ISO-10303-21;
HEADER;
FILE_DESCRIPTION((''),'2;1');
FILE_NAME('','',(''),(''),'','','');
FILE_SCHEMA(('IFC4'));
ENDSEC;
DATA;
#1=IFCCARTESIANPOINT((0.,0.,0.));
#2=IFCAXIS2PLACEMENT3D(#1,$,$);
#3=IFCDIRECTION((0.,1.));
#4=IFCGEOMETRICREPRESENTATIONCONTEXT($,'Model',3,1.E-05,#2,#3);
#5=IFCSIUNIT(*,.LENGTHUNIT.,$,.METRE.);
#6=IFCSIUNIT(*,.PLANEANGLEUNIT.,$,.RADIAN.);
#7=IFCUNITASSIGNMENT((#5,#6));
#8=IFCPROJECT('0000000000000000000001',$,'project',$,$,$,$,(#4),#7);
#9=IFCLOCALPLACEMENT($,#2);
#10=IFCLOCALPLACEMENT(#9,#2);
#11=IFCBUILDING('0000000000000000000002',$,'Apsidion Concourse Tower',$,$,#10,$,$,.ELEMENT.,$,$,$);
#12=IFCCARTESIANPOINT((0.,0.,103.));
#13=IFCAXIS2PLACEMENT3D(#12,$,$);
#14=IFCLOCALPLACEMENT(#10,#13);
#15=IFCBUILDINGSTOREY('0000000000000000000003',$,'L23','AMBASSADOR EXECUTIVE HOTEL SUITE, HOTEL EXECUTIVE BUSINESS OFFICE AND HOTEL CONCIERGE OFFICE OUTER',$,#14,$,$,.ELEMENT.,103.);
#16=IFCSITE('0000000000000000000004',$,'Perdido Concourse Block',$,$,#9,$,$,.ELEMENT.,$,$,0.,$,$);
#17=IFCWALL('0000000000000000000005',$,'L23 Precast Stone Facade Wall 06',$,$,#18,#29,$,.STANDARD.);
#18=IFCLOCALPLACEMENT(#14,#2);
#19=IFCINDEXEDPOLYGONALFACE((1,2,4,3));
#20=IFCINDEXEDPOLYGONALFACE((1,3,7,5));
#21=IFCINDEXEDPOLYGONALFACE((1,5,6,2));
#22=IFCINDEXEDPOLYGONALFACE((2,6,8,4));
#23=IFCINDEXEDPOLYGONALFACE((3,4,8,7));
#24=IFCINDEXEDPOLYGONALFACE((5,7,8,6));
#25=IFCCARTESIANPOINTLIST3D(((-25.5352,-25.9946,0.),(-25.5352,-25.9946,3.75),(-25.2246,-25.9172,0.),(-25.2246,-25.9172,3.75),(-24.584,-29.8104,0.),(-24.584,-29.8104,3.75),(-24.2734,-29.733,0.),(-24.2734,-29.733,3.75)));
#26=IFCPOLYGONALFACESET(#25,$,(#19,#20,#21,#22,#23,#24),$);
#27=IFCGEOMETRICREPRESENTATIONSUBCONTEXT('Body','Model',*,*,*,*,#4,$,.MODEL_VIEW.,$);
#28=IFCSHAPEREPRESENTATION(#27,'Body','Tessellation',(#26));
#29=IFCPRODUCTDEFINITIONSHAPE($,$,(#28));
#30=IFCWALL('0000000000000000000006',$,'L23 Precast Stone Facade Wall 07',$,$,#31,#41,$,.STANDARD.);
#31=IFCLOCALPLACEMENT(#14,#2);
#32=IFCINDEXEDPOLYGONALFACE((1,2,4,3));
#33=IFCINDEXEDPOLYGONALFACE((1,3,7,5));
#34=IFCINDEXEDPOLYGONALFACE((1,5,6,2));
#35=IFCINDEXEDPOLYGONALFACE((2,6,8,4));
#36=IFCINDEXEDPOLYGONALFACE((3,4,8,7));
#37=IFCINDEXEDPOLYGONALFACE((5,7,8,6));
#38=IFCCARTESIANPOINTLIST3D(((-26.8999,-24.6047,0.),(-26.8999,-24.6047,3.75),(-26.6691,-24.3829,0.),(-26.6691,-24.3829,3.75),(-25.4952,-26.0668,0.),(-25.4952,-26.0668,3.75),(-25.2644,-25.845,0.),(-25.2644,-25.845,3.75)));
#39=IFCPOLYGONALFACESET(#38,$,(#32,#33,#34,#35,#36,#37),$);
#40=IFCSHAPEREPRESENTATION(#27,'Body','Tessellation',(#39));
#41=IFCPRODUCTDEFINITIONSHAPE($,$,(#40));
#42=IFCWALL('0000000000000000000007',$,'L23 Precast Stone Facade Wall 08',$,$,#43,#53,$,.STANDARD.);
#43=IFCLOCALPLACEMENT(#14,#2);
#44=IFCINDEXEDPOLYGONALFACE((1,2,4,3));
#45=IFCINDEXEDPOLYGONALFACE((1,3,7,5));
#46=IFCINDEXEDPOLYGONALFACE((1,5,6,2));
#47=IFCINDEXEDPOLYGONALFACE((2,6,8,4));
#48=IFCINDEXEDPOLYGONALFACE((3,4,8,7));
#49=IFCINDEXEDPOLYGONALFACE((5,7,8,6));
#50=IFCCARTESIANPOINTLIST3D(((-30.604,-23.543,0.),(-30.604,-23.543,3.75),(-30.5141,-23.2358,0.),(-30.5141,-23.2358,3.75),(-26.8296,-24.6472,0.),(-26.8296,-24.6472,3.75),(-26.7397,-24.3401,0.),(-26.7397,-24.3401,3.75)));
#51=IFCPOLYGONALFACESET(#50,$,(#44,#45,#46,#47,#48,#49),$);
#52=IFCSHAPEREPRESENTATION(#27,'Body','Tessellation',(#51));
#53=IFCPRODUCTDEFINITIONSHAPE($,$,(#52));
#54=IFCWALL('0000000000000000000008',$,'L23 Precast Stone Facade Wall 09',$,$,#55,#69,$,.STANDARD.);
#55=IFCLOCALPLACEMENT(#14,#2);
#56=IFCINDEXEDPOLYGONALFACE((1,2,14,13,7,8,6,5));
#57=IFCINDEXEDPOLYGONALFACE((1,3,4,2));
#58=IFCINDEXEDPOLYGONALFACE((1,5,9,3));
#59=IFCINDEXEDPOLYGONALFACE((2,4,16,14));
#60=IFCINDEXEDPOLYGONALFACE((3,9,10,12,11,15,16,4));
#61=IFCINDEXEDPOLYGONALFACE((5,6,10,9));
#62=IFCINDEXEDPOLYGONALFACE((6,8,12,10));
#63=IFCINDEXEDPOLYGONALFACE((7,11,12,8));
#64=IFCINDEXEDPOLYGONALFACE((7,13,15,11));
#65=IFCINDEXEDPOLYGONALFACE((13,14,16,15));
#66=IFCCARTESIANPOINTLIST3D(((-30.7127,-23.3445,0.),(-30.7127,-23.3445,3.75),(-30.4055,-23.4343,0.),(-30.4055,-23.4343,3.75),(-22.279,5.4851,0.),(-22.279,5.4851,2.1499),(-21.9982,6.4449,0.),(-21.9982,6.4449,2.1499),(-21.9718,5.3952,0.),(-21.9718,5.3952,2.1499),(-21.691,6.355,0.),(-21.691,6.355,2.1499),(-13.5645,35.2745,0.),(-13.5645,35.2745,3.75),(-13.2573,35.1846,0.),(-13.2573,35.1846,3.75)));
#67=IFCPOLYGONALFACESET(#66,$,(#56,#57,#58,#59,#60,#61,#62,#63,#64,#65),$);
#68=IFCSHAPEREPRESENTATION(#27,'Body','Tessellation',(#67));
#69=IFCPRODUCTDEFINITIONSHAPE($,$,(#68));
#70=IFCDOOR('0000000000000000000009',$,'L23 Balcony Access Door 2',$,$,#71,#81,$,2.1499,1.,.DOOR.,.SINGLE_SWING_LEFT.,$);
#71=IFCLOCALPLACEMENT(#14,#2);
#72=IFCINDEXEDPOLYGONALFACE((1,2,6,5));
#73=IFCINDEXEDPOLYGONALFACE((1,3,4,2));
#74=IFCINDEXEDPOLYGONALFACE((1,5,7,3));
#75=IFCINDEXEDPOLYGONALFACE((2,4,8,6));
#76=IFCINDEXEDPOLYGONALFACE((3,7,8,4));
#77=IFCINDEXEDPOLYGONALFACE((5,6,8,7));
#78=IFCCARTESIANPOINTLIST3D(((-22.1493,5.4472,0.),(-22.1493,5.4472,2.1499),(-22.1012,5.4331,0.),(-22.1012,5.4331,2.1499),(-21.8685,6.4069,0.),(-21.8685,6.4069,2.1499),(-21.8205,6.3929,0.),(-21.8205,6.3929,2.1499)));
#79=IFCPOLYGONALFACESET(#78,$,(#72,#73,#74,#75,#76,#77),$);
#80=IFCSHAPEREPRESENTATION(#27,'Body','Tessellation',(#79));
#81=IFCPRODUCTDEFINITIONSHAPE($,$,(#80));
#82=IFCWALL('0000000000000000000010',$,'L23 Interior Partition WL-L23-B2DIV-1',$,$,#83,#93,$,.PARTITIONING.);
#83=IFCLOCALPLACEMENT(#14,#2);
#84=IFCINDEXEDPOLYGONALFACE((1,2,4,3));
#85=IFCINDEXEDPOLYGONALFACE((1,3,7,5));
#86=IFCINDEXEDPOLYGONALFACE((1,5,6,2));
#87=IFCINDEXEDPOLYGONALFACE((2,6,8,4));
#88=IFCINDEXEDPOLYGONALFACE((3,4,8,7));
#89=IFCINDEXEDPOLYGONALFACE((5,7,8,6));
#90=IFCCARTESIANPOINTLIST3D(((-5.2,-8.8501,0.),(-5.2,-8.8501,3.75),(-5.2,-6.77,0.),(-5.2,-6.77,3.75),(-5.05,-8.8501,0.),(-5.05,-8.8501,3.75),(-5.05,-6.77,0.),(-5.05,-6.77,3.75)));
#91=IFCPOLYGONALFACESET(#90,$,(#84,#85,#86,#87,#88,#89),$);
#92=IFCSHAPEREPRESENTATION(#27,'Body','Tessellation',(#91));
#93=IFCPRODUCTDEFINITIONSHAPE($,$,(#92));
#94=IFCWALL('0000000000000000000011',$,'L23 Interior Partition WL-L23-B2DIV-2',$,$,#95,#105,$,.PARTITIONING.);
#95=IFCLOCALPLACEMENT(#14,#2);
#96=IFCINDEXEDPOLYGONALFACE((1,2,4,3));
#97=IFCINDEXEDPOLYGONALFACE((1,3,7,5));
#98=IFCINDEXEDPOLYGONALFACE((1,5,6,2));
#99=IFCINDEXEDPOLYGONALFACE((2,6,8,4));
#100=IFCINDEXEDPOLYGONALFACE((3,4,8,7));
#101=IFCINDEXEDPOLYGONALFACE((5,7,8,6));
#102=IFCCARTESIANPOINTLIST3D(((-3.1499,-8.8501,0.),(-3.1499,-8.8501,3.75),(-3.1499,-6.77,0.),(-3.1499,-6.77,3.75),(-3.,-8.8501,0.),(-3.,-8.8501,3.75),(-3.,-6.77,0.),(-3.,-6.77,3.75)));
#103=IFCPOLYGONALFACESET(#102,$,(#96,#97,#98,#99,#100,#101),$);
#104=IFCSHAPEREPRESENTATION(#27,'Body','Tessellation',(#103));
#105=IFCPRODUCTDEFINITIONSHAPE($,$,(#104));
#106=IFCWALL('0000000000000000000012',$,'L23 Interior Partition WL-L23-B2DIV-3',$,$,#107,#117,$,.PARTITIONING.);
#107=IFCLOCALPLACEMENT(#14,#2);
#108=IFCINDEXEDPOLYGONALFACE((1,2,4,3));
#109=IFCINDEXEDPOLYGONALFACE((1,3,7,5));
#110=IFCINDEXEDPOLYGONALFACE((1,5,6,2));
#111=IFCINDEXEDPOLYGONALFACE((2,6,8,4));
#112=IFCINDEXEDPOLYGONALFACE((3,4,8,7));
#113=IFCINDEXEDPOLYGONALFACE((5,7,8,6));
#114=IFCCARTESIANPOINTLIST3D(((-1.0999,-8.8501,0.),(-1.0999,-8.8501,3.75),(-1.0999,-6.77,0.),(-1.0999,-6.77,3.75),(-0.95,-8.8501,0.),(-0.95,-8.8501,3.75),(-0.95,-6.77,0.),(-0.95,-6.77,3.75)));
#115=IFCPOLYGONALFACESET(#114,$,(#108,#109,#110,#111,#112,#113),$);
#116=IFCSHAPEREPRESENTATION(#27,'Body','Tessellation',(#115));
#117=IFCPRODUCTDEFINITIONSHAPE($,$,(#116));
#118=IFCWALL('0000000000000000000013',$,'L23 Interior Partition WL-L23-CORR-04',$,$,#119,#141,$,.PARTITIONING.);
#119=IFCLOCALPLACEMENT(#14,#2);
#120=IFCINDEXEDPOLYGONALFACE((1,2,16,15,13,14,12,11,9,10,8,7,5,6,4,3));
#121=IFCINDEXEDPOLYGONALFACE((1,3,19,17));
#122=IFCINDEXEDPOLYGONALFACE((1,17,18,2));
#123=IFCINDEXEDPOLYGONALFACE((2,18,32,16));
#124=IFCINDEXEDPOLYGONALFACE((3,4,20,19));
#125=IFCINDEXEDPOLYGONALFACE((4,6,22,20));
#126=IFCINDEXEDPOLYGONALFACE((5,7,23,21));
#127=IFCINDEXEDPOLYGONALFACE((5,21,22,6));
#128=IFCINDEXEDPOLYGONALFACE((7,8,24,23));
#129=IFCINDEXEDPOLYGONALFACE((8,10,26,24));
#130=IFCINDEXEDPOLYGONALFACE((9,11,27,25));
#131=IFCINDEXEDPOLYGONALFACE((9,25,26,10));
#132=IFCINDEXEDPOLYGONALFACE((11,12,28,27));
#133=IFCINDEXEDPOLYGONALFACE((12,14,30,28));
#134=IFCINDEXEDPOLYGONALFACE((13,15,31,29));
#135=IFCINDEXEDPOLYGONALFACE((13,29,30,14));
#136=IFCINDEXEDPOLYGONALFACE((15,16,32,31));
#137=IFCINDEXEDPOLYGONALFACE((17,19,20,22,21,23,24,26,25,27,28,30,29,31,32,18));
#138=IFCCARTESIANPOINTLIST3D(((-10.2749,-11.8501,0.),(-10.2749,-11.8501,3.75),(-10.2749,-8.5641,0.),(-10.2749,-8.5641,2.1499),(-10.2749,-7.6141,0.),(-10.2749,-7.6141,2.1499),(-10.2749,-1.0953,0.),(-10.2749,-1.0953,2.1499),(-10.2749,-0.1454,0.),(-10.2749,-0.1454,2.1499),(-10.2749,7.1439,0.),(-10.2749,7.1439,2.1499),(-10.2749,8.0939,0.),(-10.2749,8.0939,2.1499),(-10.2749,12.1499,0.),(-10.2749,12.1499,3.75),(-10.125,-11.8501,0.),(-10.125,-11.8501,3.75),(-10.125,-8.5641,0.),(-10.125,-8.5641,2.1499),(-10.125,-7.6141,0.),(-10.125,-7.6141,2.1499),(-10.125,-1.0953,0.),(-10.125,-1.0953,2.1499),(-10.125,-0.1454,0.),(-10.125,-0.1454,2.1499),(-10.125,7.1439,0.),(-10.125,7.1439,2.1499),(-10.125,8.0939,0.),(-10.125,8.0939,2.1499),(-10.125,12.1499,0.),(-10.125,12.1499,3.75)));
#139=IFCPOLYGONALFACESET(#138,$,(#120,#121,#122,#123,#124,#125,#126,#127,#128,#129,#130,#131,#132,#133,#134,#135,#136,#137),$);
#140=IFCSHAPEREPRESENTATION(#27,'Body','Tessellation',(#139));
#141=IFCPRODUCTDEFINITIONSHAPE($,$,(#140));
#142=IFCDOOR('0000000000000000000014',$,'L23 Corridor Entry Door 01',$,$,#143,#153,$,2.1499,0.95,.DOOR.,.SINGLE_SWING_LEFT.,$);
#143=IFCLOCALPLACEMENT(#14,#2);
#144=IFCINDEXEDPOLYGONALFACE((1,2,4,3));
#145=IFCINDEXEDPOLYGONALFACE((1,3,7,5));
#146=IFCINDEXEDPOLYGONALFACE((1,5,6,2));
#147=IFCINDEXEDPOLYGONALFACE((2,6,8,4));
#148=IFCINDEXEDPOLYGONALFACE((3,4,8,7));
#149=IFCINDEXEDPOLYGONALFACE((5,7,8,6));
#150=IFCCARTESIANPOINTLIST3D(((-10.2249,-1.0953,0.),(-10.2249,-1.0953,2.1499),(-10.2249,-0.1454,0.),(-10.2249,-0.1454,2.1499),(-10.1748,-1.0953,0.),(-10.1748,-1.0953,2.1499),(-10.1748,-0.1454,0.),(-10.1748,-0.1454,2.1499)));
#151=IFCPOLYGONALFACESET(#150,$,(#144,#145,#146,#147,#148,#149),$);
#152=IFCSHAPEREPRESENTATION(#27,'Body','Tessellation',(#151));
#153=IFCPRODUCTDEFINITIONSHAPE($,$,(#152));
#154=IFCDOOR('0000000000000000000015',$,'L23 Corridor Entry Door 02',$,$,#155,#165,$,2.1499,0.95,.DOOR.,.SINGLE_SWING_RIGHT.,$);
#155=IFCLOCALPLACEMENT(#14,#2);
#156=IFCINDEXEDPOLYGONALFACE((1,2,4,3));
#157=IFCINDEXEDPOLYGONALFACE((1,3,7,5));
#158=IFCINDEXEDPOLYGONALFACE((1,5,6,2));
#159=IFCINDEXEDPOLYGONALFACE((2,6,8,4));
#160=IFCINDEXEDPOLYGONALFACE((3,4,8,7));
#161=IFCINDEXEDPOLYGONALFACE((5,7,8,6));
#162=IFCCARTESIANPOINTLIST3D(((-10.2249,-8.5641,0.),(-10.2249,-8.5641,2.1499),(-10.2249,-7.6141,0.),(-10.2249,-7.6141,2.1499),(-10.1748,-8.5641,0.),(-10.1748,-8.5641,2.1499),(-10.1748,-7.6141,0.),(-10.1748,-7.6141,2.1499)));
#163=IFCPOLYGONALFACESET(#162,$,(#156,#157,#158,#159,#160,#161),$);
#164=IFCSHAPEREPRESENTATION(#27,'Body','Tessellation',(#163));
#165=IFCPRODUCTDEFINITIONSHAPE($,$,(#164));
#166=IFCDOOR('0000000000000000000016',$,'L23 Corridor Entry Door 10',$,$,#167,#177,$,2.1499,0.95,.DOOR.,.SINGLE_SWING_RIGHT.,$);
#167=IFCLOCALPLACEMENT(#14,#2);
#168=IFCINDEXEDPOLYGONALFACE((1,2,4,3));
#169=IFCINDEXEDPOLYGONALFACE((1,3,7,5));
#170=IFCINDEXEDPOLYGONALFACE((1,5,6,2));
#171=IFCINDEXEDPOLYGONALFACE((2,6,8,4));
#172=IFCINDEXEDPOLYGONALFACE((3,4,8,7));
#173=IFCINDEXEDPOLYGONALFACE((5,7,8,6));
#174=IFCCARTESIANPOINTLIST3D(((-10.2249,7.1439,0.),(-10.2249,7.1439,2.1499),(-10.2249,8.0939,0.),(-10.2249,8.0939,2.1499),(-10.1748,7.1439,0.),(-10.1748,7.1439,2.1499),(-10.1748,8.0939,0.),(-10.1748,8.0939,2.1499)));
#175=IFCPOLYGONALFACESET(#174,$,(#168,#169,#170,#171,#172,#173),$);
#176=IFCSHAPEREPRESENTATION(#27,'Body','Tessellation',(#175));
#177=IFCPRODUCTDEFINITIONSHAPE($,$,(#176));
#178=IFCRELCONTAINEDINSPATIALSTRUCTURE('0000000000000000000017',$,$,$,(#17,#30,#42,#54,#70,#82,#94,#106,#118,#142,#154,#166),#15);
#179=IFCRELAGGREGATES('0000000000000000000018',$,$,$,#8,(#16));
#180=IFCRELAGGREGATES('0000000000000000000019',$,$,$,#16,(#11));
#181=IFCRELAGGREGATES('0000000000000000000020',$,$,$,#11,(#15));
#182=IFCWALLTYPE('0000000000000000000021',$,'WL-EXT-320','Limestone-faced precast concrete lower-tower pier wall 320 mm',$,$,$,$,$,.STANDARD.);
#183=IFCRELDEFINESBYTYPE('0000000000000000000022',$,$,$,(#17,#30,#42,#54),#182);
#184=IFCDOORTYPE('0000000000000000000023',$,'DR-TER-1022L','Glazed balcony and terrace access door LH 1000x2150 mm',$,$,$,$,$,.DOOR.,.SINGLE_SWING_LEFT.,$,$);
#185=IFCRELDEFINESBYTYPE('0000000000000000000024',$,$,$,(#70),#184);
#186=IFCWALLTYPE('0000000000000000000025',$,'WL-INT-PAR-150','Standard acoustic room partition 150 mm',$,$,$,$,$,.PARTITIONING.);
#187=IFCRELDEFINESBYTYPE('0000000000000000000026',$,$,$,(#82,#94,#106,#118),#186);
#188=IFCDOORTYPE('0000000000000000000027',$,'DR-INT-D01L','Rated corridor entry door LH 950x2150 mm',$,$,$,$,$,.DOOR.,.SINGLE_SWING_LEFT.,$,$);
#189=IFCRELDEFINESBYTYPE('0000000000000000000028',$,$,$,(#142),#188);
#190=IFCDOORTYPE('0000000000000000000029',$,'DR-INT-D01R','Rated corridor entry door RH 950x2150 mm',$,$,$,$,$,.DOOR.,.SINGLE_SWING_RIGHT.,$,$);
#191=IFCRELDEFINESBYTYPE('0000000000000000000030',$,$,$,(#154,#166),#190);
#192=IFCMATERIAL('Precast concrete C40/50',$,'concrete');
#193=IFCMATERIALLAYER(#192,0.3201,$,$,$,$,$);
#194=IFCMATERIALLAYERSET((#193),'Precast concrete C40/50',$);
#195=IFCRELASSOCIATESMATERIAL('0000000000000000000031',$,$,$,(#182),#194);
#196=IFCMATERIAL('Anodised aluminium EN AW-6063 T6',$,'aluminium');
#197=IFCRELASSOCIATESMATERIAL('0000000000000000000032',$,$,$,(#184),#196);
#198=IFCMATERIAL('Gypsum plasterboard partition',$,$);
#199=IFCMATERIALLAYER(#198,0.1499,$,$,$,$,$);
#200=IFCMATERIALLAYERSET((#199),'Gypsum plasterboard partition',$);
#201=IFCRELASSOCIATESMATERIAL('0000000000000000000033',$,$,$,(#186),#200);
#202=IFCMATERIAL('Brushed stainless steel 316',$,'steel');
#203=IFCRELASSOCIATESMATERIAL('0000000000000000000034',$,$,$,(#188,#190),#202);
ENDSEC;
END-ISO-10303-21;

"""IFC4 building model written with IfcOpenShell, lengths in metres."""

from ifc_helpers import new_model, si_unit, direction, frame, frame_2d, origin, place, context, subcontext, project, spatial, rectangle, extrude, material, layer, layer_set, type_object, element, fill, save


model = new_model("IFC4")

# Units and contexts
model_context = context("Model", 3, precision=1e-05, world=origin(), true_north=direction((0.0, 1.0)))
body_context = subcontext(model_context, "Body", "Model", "MODEL_VIEW")
ifc_project = project(units=[si_unit("LENGTHUNIT", "METRE"), si_unit("PLANEANGLEUNIT", "RADIAN")], contexts=[model_context])

# Site, building, storey
site_placement = place(None, origin())
site = spatial("IfcSite", under=ifc_project, at=site_placement, Name="Perdido Concourse Block", CompositionType="ELEMENT", RefElevation=0.0)
building_placement = place(site_placement, origin())
building = spatial("IfcBuilding", under=site, at=building_placement, Name="Apsidion Concourse Tower", CompositionType="ELEMENT")
storey_placement = place(building_placement, frame((0.0, 0.0, 103.0)))
storey = spatial("IfcBuildingStorey", under=building, at=storey_placement, Name="L23", Description="AMBASSADOR EXECUTIVE HOTEL SUITE, HOTEL EXECUTIVE BUSINESS OFFICE AND HOTEL CONCIERGE OFFICE OUTER", CompositionType="ELEMENT", Elevation=103.0)

# Walls
ifc_material_1 = material(Name="Precast concrete C40/50", Category="concrete")
ifc_layer_1 = layer(ifc_material_1, 0.3201)
ifc_layer_set_1 = layer_set([ifc_layer_1], Name="Precast concrete C40/50")
wall_type_1 = type_object("IfcWallType", Name="WL-EXT-320", Description="Limestone-faced precast concrete lower-tower pier wall 320 mm", PredefinedType="STANDARD", material=ifc_layer_set_1)
wall_1_placement = place(storey_placement, frame((-24.4287, -29.7717, 0.0), z_axis=(0.0, 0.0, 1.0), x_axis=(-0.241864, 0.97031, 0.0)))
element("IfcWall", 1, at=wall_1_placement, inside=storey, type_object=wall_type_1, Name="L23 Precast Stone Facade Wall 06", PredefinedType="STANDARD", context=body_context, shape_type="SweptSolid", body=[
    extrude(rectangle(XDim=3.9326, YDim=0.3201, at=frame_2d((1.9663, 0.0))), origin(), (0.0, 0.0, 1.0), 3.75),
])
wall_2_placement = place(storey_placement, frame((-25.3799, -25.9558, 0.0), z_axis=(0.0, 0.0, 1.0), x_axis=(-0.692818, 0.721113, 0.0)))
element("IfcWall", 2, at=wall_2_placement, inside=storey, type_object=wall_type_1, Name="L23 Precast Stone Facade Wall 07", PredefinedType="STANDARD", context=body_context, shape_type="SweptSolid", body=[
    extrude(rectangle(XDim=2.0276, YDim=0.3201, at=frame_2d((1.0137, 0.0))), origin(), (0.0, 0.0, 1.0), 3.75),
])
wall_3_placement = place(storey_placement, frame((-26.7847, -24.4937, 0.0), z_axis=(0.0, 0.0, 1.0), x_axis=(-0.959769, 0.280791, 0.0)))
element("IfcWall", 3, at=wall_3_placement, inside=storey, type_object=wall_type_1, Name="L23 Precast Stone Facade Wall 08", PredefinedType="STANDARD", context=body_context, shape_type="SweptSolid", body=[
    extrude(rectangle(XDim=3.9326, YDim=0.3201, at=frame_2d((1.9663, 0.0))), origin(), (0.0, 0.0, 1.0), 3.75),
])

# Wall, opening, door
wall_4_placement = place(storey_placement, frame((-30.5591, -23.3894, 0.0), z_axis=(0.0, 0.0, 1.0), x_axis=(0.28077, 0.959775, 0.0)))
wall_4 = element("IfcWall", 4, at=wall_4_placement, inside=storey, type_object=wall_type_1, Name="L23 Precast Stone Facade Wall 09", PredefinedType="STANDARD", context=body_context, shape_type="SweptSolid", body=[
    extrude(rectangle(XDim=61.0757, YDim=0.3201, at=frame_2d((30.5378, 0.0))), origin(), (0.0, 0.0, 1.0), 3.75),
])
opening_1_placement = place(wall_4_placement, frame((30.0378, 0.0, 0.0)))
opening_1 = element("IfcOpeningElement", 5, at=opening_1_placement, cuts=wall_4, PredefinedType="OPENING", context=body_context, shape_type="SweptSolid", body=[
    extrude(rectangle(XDim=1.0, YDim=2.1499, at=frame_2d((0.5, 1.075))), frame((0.0, 0.1699, 0.0), z_axis=(0.0, -1.0, 0.0), x_axis=(1.0, 0.0, 0.0)), (0.0, 0.0, 1.0), 0.3401),
])
ifc_material_2 = material(Name="Anodised aluminium EN AW-6063 T6", Category="aluminium")
door_type_1 = type_object("IfcDoorType", Name="DR-TER-1022L", Description="Glazed balcony and terrace access door LH 1000x2150 mm", OperationType="SINGLE_SWING_LEFT", PredefinedType="DOOR", material=ifc_material_2)
door_1_placement = place(opening_1_placement, origin())
door_1 = element("IfcDoor", 6, at=door_1_placement, inside=storey, type_object=door_type_1, Name="L23 Balcony Access Door 2", OperationType="SINGLE_SWING_LEFT", OverallHeight=2.1499, OverallWidth=1.0, PredefinedType="DOOR", context=body_context, shape_type="SweptSolid", body=[
    extrude(rectangle(XDim=1.0, YDim=2.1499, at=frame_2d((0.5, 1.075))), frame((0.0, 0.0249, 0.0), z_axis=(0.0, -1.0, 0.0), x_axis=(1.0, 0.0, 0.0)), (0.0, 0.0, 1.0), 0.05),
])
fill(opening_1, door_1)

# Walls
ifc_material_3 = material(Name="Gypsum plasterboard partition")
ifc_layer_2 = layer(ifc_material_3, 0.1499)
ifc_layer_set_2 = layer_set([ifc_layer_2], Name="Gypsum plasterboard partition")
wall_type_2 = type_object("IfcWallType", Name="WL-INT-PAR-150", Description="Standard acoustic room partition 150 mm", PredefinedType="PARTITIONING", material=ifc_layer_set_2)
for number, where, z_axis, x_axis, name in (
    (7, (-5.125, -8.8501, 0.0), (0.0, 0.0, 1.0), (0.0, 1.0, 0.0), "L23 Interior Partition WL-L23-B2DIV-1"),
    (8, (-3.075, -8.8501, 0.0), (0.0, 0.0, 1.0), (0.0, 1.0, 0.0), "L23 Interior Partition WL-L23-B2DIV-2"),
    (9, (-1.0249, -8.8501, 0.0), (0.0, 0.0, 1.0), (0.0, 1.0, 0.0), "L23 Interior Partition WL-L23-B2DIV-3"),
):
    element("IfcWall", number, at=place(storey_placement, frame(where, z_axis=z_axis, x_axis=x_axis)), inside=storey, type_object=wall_type_2, Name=name, PredefinedType="PARTITIONING", context=body_context, shape_type="SweptSolid", body=[
        extrude(rectangle(XDim=2.0801, YDim=0.1499, at=frame_2d((1.04, 0.0))), origin(), (0.0, 0.0, 1.0), 3.75),
    ])

# Wall, openings, doors
wall_5_placement = place(storey_placement, frame((-10.2, -11.8501, 0.0), z_axis=(0.0, 0.0, 1.0), x_axis=(0.0, 1.0, 0.0)))
wall_5 = element("IfcWall", 10, at=wall_5_placement, inside=storey, type_object=wall_type_2, Name="L23 Interior Partition WL-L23-CORR-04", PredefinedType="PARTITIONING", context=body_context, shape_type="SweptSolid", body=[
    extrude(rectangle(XDim=24.0, YDim=0.1499, at=frame_2d((12.0, 0.0))), origin(), (0.0, 0.0, 1.0), 3.75),
])
opening_2_placement = place(wall_5_placement, frame((10.7546, 0.0, 0.0)))
opening_2 = element("IfcOpeningElement", 11, at=opening_2_placement, cuts=wall_5, PredefinedType="OPENING", context=body_context, shape_type="SweptSolid", body=[
    extrude(rectangle(XDim=0.95, YDim=2.1499, at=frame_2d((0.4751, 1.075))), frame((0.0, 0.085, 0.0), z_axis=(0.0, -1.0, 0.0), x_axis=(1.0, 0.0, 0.0)), (0.0, 0.0, 1.0), 0.1699),
])
opening_3_placement = place(wall_5_placement, frame((3.2859, 0.0, 0.0)))
opening_3 = element("IfcOpeningElement", 12, at=opening_3_placement, cuts=wall_5, PredefinedType="OPENING", context=body_context, shape_type="SweptSolid", body=[
    extrude(rectangle(XDim=0.95, YDim=2.1499, at=frame_2d((0.4751, 1.075))), frame((0.0, 0.085, 0.0), z_axis=(0.0, -1.0, 0.0), x_axis=(1.0, 0.0, 0.0)), (0.0, 0.0, 1.0), 0.1699),
])
opening_4_placement = place(wall_5_placement, frame((18.9939, 0.0, 0.0)))
opening_4 = element("IfcOpeningElement", 13, at=opening_4_placement, cuts=wall_5, PredefinedType="OPENING", context=body_context, shape_type="SweptSolid", body=[
    extrude(rectangle(XDim=0.95, YDim=2.1499, at=frame_2d((0.4751, 1.075))), frame((0.0, 0.085, 0.0), z_axis=(0.0, -1.0, 0.0), x_axis=(1.0, 0.0, 0.0)), (0.0, 0.0, 1.0), 0.1699),
])
ifc_material_4 = material(Name="Brushed stainless steel 316", Category="steel")
door_type_2 = type_object("IfcDoorType", Name="DR-INT-D01L", Description="Rated corridor entry door LH 950x2150 mm", OperationType="SINGLE_SWING_LEFT", PredefinedType="DOOR", material=ifc_material_4)
door_2_placement = place(opening_2_placement, origin())
door_2 = element("IfcDoor", 14, at=door_2_placement, inside=storey, type_object=door_type_2, Name="L23 Corridor Entry Door 01", OperationType="SINGLE_SWING_LEFT", OverallHeight=2.1499, OverallWidth=0.95, PredefinedType="DOOR", context=body_context, shape_type="SweptSolid", body=[
    extrude(rectangle(XDim=0.95, YDim=2.1499, at=frame_2d((0.4751, 1.075))), frame((0.0, 0.0249, 0.0), z_axis=(0.0, -1.0, 0.0), x_axis=(1.0, 0.0, 0.0)), (0.0, 0.0, 1.0), 0.05),
])
fill(opening_2, door_2)
door_type_3 = type_object("IfcDoorType", Name="DR-INT-D01R", Description="Rated corridor entry door RH 950x2150 mm", OperationType="SINGLE_SWING_RIGHT", PredefinedType="DOOR", material=ifc_material_4)
door_3_placement = place(opening_3_placement, origin())
door_3 = element("IfcDoor", 15, at=door_3_placement, inside=storey, type_object=door_type_3, Name="L23 Corridor Entry Door 02", OperationType="SINGLE_SWING_RIGHT", OverallHeight=2.1499, OverallWidth=0.95, PredefinedType="DOOR", context=body_context, shape_type="SweptSolid", body=[
    extrude(rectangle(XDim=0.95, YDim=2.1499, at=frame_2d((0.4751, 1.075))), frame((0.0, 0.0249, 0.0), z_axis=(0.0, -1.0, 0.0), x_axis=(1.0, 0.0, 0.0)), (0.0, 0.0, 1.0), 0.05),
])
fill(opening_3, door_3)
door_4_placement = place(opening_4_placement, origin())
door_4 = element("IfcDoor", 16, at=door_4_placement, inside=storey, type_object=door_type_3, Name="L23 Corridor Entry Door 10", OperationType="SINGLE_SWING_RIGHT", OverallHeight=2.1499, OverallWidth=0.95, PredefinedType="DOOR", context=body_context, shape_type="SweptSolid", body=[
    extrude(rectangle(XDim=0.95, YDim=2.1499, at=frame_2d((0.4751, 1.075))), frame((0.0, 0.0249, 0.0), z_axis=(0.0, -1.0, 0.0), x_axis=(1.0, 0.0, 0.0)), (0.0, 0.0, 1.0), 0.05),
])
fill(opening_4, door_4)

save(model, "model.ifc")
